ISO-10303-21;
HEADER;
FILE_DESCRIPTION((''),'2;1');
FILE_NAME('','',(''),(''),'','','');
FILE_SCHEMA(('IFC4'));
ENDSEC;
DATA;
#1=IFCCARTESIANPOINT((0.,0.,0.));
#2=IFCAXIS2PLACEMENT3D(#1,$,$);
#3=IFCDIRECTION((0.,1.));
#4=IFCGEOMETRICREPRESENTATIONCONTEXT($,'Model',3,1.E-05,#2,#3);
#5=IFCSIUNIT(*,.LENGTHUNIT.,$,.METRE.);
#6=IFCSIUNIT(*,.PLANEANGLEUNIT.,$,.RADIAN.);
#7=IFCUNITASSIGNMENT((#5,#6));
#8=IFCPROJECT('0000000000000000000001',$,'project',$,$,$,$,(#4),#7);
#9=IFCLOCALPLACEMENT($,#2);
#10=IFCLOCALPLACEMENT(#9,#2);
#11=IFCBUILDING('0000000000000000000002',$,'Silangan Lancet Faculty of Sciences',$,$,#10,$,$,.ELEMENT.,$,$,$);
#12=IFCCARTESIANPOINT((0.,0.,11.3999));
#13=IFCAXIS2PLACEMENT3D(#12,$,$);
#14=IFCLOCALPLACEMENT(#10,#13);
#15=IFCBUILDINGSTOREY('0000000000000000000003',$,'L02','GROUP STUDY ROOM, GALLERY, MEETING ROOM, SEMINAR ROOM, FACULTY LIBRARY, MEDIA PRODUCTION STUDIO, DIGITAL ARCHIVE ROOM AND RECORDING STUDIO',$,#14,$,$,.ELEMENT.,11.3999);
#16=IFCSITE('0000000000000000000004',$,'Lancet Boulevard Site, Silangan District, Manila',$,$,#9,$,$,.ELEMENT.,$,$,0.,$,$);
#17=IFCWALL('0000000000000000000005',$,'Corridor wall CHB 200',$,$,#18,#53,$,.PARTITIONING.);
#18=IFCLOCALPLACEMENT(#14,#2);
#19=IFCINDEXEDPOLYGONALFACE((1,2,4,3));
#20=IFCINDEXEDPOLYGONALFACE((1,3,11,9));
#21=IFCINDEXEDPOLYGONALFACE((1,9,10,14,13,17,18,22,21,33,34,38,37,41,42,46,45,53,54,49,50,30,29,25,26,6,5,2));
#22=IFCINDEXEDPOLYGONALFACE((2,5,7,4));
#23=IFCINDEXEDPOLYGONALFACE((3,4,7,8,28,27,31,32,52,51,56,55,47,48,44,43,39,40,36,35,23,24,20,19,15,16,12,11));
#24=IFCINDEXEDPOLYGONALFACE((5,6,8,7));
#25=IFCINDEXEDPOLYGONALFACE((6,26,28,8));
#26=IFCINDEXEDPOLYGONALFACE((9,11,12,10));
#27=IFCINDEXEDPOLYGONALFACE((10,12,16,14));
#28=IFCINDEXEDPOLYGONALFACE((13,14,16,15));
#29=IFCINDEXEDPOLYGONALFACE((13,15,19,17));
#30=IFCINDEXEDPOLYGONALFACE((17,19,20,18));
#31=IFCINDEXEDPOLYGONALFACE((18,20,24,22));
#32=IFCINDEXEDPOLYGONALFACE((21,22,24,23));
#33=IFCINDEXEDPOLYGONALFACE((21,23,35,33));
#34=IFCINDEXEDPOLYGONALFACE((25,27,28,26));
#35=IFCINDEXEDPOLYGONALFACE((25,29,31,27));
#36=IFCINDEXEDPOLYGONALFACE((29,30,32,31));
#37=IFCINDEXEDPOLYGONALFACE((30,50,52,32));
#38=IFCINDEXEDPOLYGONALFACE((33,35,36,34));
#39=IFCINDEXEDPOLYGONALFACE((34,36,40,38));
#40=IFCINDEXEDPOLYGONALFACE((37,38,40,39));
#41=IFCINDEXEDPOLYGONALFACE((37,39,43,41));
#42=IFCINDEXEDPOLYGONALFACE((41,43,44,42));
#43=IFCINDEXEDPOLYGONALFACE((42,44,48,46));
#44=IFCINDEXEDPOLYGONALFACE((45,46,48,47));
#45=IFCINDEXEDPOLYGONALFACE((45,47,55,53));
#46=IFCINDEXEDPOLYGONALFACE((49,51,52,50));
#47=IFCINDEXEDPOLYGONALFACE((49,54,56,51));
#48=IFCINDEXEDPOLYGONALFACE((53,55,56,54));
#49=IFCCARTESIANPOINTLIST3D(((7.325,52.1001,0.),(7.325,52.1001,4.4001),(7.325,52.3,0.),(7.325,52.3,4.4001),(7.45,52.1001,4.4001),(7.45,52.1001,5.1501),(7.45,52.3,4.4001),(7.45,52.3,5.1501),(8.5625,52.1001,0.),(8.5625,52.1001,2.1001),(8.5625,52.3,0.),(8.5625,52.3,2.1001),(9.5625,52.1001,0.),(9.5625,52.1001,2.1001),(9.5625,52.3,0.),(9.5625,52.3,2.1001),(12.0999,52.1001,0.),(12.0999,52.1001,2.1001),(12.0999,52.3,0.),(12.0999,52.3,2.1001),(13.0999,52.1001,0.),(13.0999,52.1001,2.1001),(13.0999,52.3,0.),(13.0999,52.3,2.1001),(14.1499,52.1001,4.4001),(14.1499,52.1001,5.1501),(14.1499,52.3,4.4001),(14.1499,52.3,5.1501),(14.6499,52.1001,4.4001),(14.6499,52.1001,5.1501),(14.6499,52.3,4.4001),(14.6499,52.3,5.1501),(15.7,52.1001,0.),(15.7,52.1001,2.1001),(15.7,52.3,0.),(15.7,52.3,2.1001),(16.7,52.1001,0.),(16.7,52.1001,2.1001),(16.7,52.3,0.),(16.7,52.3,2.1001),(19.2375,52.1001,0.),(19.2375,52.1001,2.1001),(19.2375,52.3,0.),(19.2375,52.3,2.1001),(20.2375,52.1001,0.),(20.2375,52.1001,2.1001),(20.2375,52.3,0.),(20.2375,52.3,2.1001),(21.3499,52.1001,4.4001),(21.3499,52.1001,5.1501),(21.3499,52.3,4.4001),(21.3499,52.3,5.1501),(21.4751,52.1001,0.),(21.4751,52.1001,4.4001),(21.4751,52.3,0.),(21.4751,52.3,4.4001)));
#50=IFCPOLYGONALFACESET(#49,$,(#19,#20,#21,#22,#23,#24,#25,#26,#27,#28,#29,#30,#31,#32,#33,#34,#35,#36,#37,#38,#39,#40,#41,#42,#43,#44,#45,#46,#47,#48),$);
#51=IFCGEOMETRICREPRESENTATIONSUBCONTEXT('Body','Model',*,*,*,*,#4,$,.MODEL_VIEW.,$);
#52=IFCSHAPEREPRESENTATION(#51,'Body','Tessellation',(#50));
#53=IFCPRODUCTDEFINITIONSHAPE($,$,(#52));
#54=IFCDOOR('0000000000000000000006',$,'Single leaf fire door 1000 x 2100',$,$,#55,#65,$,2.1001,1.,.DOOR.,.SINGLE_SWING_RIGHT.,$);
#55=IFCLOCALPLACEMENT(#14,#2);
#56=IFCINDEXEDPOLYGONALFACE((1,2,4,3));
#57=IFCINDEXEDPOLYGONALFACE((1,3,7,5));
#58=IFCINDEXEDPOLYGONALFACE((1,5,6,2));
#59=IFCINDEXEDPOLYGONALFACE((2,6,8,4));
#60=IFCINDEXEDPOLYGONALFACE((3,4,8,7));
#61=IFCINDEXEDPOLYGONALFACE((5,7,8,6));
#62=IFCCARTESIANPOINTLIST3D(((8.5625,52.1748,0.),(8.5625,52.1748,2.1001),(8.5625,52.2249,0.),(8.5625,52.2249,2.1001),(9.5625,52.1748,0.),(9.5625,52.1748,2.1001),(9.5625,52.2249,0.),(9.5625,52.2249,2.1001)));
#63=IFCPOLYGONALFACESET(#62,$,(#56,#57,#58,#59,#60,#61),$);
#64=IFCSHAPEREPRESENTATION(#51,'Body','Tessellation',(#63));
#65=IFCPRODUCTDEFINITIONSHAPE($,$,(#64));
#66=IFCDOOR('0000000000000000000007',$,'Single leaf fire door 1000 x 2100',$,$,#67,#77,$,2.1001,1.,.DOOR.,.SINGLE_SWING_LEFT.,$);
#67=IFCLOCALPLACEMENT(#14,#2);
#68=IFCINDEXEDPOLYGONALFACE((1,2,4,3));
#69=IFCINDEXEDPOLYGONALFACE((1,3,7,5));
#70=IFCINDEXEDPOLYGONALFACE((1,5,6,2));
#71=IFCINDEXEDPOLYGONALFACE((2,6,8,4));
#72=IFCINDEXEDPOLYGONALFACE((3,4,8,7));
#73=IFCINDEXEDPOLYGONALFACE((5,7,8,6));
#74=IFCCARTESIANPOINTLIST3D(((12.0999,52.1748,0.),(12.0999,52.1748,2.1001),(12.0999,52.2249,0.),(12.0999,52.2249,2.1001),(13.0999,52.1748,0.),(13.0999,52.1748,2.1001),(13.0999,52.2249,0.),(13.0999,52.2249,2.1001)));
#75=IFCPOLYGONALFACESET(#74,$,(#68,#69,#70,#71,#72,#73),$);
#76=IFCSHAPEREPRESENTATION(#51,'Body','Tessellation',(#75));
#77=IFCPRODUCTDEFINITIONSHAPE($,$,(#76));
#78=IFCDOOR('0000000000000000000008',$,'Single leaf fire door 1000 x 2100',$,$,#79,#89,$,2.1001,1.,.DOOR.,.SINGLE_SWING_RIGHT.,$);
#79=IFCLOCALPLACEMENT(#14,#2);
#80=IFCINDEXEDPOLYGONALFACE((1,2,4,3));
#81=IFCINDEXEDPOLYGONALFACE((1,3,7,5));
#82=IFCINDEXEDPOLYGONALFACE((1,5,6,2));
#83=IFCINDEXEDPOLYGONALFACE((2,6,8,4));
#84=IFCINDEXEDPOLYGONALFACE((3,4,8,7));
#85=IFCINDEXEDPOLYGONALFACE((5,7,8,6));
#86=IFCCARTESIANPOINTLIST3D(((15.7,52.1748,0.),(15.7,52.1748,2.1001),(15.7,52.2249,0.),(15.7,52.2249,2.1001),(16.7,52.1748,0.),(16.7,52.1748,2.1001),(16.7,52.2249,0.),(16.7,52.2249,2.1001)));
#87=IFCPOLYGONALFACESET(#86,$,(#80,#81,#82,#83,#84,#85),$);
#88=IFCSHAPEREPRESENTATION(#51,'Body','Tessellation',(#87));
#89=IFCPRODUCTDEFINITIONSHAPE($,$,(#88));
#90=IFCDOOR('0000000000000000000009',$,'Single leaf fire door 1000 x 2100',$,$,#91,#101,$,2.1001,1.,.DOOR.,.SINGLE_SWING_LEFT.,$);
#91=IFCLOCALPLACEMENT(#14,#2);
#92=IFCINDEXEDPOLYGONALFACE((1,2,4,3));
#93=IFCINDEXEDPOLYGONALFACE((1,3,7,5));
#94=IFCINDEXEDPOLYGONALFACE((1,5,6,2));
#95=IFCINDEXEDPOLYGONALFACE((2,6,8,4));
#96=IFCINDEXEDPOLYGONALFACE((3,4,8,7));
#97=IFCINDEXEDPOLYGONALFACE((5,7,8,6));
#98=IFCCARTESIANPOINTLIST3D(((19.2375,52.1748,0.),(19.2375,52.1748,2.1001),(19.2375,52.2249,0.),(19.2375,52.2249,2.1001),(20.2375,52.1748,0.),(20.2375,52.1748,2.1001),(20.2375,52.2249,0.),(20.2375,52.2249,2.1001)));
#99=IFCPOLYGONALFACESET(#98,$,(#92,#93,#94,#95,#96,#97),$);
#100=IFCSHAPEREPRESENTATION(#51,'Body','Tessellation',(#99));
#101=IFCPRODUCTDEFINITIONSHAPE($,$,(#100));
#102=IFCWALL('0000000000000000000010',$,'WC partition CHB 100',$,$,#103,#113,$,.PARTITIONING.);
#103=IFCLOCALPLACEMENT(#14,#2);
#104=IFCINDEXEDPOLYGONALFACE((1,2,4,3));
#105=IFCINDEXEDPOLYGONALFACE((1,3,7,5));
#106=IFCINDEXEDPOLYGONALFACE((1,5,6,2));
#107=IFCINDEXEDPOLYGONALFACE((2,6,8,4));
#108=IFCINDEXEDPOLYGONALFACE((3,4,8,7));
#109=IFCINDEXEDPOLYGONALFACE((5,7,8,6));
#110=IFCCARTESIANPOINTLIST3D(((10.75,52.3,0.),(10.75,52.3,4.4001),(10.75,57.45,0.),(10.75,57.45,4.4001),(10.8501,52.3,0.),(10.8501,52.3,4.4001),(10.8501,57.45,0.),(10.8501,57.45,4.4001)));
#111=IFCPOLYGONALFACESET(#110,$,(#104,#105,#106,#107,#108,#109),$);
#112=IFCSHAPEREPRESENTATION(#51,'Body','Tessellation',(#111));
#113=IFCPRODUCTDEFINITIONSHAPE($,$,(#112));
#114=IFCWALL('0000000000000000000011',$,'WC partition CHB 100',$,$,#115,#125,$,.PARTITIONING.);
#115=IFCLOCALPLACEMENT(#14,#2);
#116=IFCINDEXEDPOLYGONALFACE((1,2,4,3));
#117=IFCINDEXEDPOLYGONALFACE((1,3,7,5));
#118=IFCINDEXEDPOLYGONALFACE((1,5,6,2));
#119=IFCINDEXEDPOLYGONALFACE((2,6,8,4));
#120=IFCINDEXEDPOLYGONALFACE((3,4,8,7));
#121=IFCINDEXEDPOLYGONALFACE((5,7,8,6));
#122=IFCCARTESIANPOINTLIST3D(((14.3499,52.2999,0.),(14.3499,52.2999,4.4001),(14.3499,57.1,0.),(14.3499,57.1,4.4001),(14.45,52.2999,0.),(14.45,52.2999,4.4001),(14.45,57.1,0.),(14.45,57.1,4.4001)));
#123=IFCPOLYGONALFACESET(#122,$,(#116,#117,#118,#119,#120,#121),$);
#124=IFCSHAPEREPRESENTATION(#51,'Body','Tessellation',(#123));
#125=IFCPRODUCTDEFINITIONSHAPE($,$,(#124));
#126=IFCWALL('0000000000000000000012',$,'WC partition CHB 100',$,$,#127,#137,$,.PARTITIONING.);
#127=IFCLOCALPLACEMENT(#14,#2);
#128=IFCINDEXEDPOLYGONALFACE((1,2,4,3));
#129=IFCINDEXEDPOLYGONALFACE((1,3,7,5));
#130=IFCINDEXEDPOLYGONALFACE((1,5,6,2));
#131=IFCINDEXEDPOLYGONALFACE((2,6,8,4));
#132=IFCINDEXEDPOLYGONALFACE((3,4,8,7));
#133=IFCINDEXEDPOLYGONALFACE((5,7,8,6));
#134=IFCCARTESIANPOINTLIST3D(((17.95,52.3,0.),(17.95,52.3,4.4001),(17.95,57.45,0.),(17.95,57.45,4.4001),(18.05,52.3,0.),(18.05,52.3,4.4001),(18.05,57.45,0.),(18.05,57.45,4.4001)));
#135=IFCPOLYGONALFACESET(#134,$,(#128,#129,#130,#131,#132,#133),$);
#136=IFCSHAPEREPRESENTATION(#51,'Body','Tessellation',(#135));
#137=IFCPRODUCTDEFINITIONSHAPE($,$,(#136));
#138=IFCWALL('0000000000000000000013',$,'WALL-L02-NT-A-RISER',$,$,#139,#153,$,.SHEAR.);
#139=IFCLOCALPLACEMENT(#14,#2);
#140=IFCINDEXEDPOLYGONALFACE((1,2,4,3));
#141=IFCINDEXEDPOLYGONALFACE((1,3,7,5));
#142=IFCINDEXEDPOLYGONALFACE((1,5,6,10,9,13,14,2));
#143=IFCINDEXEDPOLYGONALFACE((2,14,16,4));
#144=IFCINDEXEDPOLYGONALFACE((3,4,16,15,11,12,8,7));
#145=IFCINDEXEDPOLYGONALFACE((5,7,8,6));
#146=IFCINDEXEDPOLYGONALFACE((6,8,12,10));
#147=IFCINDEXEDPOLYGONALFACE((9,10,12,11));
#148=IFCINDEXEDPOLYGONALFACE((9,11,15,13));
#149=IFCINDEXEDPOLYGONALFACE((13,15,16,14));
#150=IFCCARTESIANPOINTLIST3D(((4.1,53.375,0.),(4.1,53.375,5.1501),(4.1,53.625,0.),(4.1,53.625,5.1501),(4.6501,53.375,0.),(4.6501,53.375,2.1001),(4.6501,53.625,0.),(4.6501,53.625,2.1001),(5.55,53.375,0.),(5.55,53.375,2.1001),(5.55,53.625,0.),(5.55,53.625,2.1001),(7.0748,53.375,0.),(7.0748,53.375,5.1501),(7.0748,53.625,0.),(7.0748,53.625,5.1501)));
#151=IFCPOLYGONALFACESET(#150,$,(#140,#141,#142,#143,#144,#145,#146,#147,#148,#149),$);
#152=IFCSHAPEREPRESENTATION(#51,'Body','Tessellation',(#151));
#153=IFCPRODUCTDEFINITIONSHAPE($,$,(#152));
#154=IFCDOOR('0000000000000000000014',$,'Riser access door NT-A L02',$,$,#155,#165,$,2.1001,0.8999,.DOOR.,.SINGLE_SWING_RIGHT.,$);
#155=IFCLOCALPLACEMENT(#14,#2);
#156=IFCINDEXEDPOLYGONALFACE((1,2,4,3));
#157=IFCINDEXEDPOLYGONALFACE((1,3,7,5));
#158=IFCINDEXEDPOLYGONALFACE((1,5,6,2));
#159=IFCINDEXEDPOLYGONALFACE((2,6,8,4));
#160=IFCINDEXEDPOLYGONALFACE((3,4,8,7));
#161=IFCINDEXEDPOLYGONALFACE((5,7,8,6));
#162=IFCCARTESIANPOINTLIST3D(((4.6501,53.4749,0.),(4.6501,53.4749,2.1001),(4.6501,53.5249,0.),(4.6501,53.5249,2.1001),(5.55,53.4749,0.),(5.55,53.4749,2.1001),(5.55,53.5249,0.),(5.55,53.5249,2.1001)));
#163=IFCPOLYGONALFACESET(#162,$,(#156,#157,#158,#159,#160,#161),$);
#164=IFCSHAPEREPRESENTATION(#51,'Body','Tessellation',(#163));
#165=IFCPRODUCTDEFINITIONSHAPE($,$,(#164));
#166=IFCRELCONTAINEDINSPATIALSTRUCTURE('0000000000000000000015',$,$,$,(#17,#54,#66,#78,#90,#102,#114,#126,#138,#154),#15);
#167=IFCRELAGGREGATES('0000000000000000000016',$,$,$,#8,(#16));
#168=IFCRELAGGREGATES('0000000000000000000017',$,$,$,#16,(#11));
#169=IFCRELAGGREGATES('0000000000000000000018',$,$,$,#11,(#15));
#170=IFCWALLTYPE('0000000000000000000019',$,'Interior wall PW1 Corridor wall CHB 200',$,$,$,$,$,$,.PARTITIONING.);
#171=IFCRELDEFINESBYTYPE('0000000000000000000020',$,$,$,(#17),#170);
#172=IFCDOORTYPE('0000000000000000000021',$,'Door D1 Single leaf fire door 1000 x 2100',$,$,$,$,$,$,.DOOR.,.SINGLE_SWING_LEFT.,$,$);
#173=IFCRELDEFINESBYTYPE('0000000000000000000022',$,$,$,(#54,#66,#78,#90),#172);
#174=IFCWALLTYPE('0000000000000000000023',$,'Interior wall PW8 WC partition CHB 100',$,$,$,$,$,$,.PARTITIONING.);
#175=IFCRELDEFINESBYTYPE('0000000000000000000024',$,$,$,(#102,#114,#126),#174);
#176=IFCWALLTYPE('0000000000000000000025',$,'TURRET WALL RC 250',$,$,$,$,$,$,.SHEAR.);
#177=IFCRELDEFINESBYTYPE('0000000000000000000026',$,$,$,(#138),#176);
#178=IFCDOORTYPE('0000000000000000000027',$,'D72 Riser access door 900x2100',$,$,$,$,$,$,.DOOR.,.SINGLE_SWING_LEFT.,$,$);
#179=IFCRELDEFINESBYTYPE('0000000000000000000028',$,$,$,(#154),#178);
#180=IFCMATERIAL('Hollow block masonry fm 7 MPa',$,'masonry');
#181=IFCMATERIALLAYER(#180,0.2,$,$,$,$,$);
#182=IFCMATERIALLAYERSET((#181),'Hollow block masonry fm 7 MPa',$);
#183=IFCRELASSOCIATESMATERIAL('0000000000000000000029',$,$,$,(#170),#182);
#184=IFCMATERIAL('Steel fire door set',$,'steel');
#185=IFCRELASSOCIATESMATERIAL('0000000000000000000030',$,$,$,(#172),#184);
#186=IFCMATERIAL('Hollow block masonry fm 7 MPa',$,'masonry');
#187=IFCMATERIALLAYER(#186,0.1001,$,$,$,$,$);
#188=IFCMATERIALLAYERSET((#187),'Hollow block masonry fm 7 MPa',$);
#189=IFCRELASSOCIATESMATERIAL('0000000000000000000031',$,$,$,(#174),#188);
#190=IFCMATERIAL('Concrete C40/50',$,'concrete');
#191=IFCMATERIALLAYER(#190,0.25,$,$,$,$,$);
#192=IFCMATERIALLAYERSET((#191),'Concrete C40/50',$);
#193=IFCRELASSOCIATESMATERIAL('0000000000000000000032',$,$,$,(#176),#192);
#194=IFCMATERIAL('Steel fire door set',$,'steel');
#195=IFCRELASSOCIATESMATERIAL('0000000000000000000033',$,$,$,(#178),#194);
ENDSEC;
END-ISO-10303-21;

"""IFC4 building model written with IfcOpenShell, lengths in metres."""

from ifc_helpers import new_model, si_unit, direction, frame, frame_2d, origin, place, context, subcontext, project, spatial, polyline, rectangle, outline, extrude, material, layer, layer_set, type_object, element, fill, save


model = new_model("IFC4")

# Units and contexts
model_context = context("Model", 3, precision=1e-05, world=origin(), true_north=direction((0.0, 1.0)))
body_context = subcontext(model_context, "Body", "Model", "MODEL_VIEW")
ifc_project = project(units=[si_unit("LENGTHUNIT", "METRE"), si_unit("PLANEANGLEUNIT", "RADIAN")], contexts=[model_context])

# Site, building, storey
site_placement = place(None, origin())
site = spatial("IfcSite", under=ifc_project, at=site_placement, Name="Lancet Boulevard Site, Silangan District, Manila", CompositionType="ELEMENT", RefElevation=0.0)
building_placement = place(site_placement, origin())
building = spatial("IfcBuilding", under=site, at=building_placement, Name="Silangan Lancet Faculty of Sciences", CompositionType="ELEMENT")
storey_placement = place(building_placement, frame((0.0, 0.0, 11.3999)))
storey = spatial("IfcBuildingStorey", under=building, at=storey_placement, Name="L02", Description="GROUP STUDY ROOM, GALLERY, MEETING ROOM, SEMINAR ROOM, FACULTY LIBRARY, MEDIA PRODUCTION STUDIO, DIGITAL ARCHIVE ROOM AND RECORDING STUDIO", CompositionType="ELEMENT", Elevation=11.3999)

# Wall, openings, doors
ifc_material_1 = material(Name="Hollow block masonry fm 7 MPa", Category="masonry")
ifc_layer_1 = layer(ifc_material_1, 0.2)
ifc_layer_set_1 = layer_set([ifc_layer_1], Name="Hollow block masonry fm 7 MPa")
wall_type_1 = type_object("IfcWallType", Name="Interior wall PW1 Corridor wall CHB 200", PredefinedType="PARTITIONING", material=ifc_layer_set_1)
wall_1_placement = place(storey_placement, frame((7.325, 52.2, 0.0), z_axis=(0.0, 0.0, 1.0), x_axis=(1.0, 0.0, 0.0)))
wall_1 = element("IfcWall", 1, at=wall_1_placement, inside=storey, type_object=wall_type_1, Name="Corridor wall CHB 200", PredefinedType="PARTITIONING", context=body_context, shape_type="SweptSolid", body=[
    extrude(outline(polyline([(0.0, 0.0), (14.1501, 0.0), (14.1501, 4.4001), (14.0249, 4.4001), (14.0249, 5.1501), (7.325, 5.1501), (7.325, 4.4001), (6.825, 4.4001), (6.825, 5.1501), (0.125, 5.1501), (0.125, 4.4001), (0.0, 4.4001), (0.0, 0.0)])), frame((0.0, 0.1001, 0.0), z_axis=(0.0, -1.0, 0.0), x_axis=(1.0, 0.0, 0.0)), (0.0, 0.0, 1.0), 0.2),
])
opening_1_placement = place(wall_1_placement, frame((1.2375, 0.0, 0.0)))
opening_1 = element("IfcOpeningElement", 2, at=opening_1_placement, cuts=wall_1, PredefinedType="OPENING", context=body_context, shape_type="SweptSolid", body=[
    extrude(rectangle(XDim=1.0, YDim=2.1001, at=frame_2d((0.5, 1.05))), frame((0.0, 0.1099, 0.0), z_axis=(0.0, -1.0, 0.0), x_axis=(1.0, 0.0, 0.0)), (0.0, 0.0, 1.0), 0.22),
])
opening_2_placement = place(wall_1_placement, frame((4.7749, 0.0, 0.0)))
opening_2 = element("IfcOpeningElement", 3, at=opening_2_placement, cuts=wall_1, PredefinedType="OPENING", context=body_context, shape_type="SweptSolid", body=[
    extrude(rectangle(XDim=1.0, YDim=2.1001, at=frame_2d((0.5, 1.05))), frame((0.0, 0.1099, 0.0), z_axis=(0.0, -1.0, 0.0), x_axis=(1.0, 0.0, 0.0)), (0.0, 0.0, 1.0), 0.22),
])
opening_3_placement = place(wall_1_placement, frame((8.375, 0.0, 0.0)))
opening_3 = element("IfcOpeningElement", 4, at=opening_3_placement, cuts=wall_1, PredefinedType="OPENING", context=body_context, shape_type="SweptSolid", body=[
    extrude(rectangle(XDim=1.0, YDim=2.1001, at=frame_2d((0.5, 1.05))), frame((0.0, 0.1099, 0.0), z_axis=(0.0, -1.0, 0.0), x_axis=(1.0, 0.0, 0.0)), (0.0, 0.0, 1.0), 0.22),
])
opening_4_placement = place(wall_1_placement, frame((11.9126, 0.0, 0.0)))
opening_4 = element("IfcOpeningElement", 5, at=opening_4_placement, cuts=wall_1, PredefinedType="OPENING", context=body_context, shape_type="SweptSolid", body=[
    extrude(rectangle(XDim=1.0, YDim=2.1001, at=frame_2d((0.5, 1.05))), frame((0.0, 0.1099, 0.0), z_axis=(0.0, -1.0, 0.0), x_axis=(1.0, 0.0, 0.0)), (0.0, 0.0, 1.0), 0.22),
])
ifc_material_2 = material(Name="Steel fire door set", Category="steel")
door_type_1 = type_object("IfcDoorType", Name="Door D1 Single leaf fire door 1000 x 2100", OperationType="SINGLE_SWING_LEFT", PredefinedType="DOOR", material=ifc_material_2)
door_1_placement = place(opening_1_placement, origin())
door_1 = element("IfcDoor", 6, at=door_1_placement, inside=storey, type_object=door_type_1, Name="Single leaf fire door 1000 x 2100", OperationType="SINGLE_SWING_RIGHT", OverallHeight=2.1001, OverallWidth=1.0, PredefinedType="DOOR", context=body_context, shape_type="SweptSolid", body=[
    extrude(rectangle(XDim=1.0, YDim=2.1001, at=frame_2d((0.5, 1.05))), frame((0.0, 0.0249, 0.0), z_axis=(0.0, -1.0, 0.0), x_axis=(1.0, 0.0, 0.0)), (0.0, 0.0, 1.0), 0.05),
])
fill(opening_1, door_1)
door_2_placement = place(opening_2_placement, origin())
door_2 = element("IfcDoor", 7, at=door_2_placement, inside=storey, type_object=door_type_1, Name="Single leaf fire door 1000 x 2100", OperationType="SINGLE_SWING_LEFT", OverallHeight=2.1001, OverallWidth=1.0, PredefinedType="DOOR", context=body_context, shape_type="SweptSolid", body=[
    extrude(rectangle(XDim=1.0, YDim=2.1001, at=frame_2d((0.5, 1.05))), frame((0.0, 0.0249, 0.0), z_axis=(0.0, -1.0, 0.0), x_axis=(1.0, 0.0, 0.0)), (0.0, 0.0, 1.0), 0.05),
])
fill(opening_2, door_2)
door_3_placement = place(opening_3_placement, origin())
door_3 = element("IfcDoor", 8, at=door_3_placement, inside=storey, type_object=door_type_1, Name="Single leaf fire door 1000 x 2100", OperationType="SINGLE_SWING_RIGHT", OverallHeight=2.1001, OverallWidth=1.0, PredefinedType="DOOR", context=body_context, shape_type="SweptSolid", body=[
    extrude(rectangle(XDim=1.0, YDim=2.1001, at=frame_2d((0.5, 1.05))), frame((0.0, 0.0249, 0.0), z_axis=(0.0, -1.0, 0.0), x_axis=(1.0, 0.0, 0.0)), (0.0, 0.0, 1.0), 0.05),
])
fill(opening_3, door_3)
door_4_placement = place(opening_4_placement, origin())
door_4 = element("IfcDoor", 9, at=door_4_placement, inside=storey, type_object=door_type_1, Name="Single leaf fire door 1000 x 2100", OperationType="SINGLE_SWING_LEFT", OverallHeight=2.1001, OverallWidth=1.0, PredefinedType="DOOR", context=body_context, shape_type="SweptSolid", body=[
    extrude(rectangle(XDim=1.0, YDim=2.1001, at=frame_2d((0.5, 1.05))), frame((0.0, 0.0249, 0.0), z_axis=(0.0, -1.0, 0.0), x_axis=(1.0, 0.0, 0.0)), (0.0, 0.0, 1.0), 0.05),
])
fill(opening_4, door_4)

# Walls
ifc_material_3 = material(Name="Hollow block masonry fm 7 MPa", Category="masonry")
ifc_layer_2 = layer(ifc_material_3, 0.1001)
ifc_layer_set_2 = layer_set([ifc_layer_2], Name="Hollow block masonry fm 7 MPa")
wall_type_2 = type_object("IfcWallType", Name="Interior wall PW8 WC partition CHB 100", PredefinedType="PARTITIONING", material=ifc_layer_set_2)
wall_2_placement = place(storey_placement, frame((10.8, 52.3, 0.0), z_axis=(0.0, 0.0, 1.0), x_axis=(0.0, 1.0, 0.0)))
element("IfcWall", 10, at=wall_2_placement, inside=storey, type_object=wall_type_2, Name="WC partition CHB 100", PredefinedType="PARTITIONING", context=body_context, shape_type="SweptSolid", body=[
    extrude(rectangle(XDim=5.1499, YDim=0.1001, at=frame_2d((2.575, 0.0))), origin(), (0.0, 0.0, 1.0), 4.4001),
])
wall_3_placement = place(storey_placement, frame((14.3999, 52.3, 0.0), z_axis=(0.0, 0.0, 1.0), x_axis=(0.0, 1.0, 0.0)))
element("IfcWall", 11, at=wall_3_placement, inside=storey, type_object=wall_type_2, Name="WC partition CHB 100", PredefinedType="PARTITIONING", context=body_context, shape_type="SweptSolid", body=[
    extrude(rectangle(XDim=4.8, YDim=0.1001, at=frame_2d((2.3999, 0.0))), origin(), (0.0, 0.0, 1.0), 4.4001),
])
wall_4_placement = place(storey_placement, frame((18.0, 52.3, 0.0), z_axis=(0.0, 0.0, 1.0), x_axis=(0.0, 1.0, 0.0)))
element("IfcWall", 12, at=wall_4_placement, inside=storey, type_object=wall_type_2, Name="WC partition CHB 100", PredefinedType="PARTITIONING", context=body_context, shape_type="SweptSolid", body=[
    extrude(rectangle(XDim=5.1499, YDim=0.1001, at=frame_2d((2.575, 0.0))), origin(), (0.0, 0.0, 1.0), 4.4001),
])

# Wall, opening, door
ifc_material_4 = material(Name="Concrete C40/50", Category="concrete")
ifc_layer_3 = layer(ifc_material_4, 0.25)
ifc_layer_set_3 = layer_set([ifc_layer_3], Name="Concrete C40/50")
wall_type_3 = type_object("IfcWallType", Name="TURRET WALL RC 250", PredefinedType="SHEAR", material=ifc_layer_set_3)
wall_5_placement = place(storey_placement, frame((4.1001, 53.5, 0.0), z_axis=(0.0, 0.0, 1.0), x_axis=(1.0, 0.0, 0.0)))
wall_5 = element("IfcWall", 13, at=wall_5_placement, inside=storey, type_object=wall_type_3, Name="WALL-L02-NT-A-RISER", PredefinedType="SHEAR", context=body_context, shape_type="SweptSolid", body=[
    extrude(rectangle(XDim=2.9749, YDim=0.25, at=frame_2d((1.4873, 0.0))), origin(), (0.0, 0.0, 1.0), 5.1501),
])
opening_5_placement = place(wall_5_placement, frame((0.55, 0.0, 0.0)))
opening_5 = element("IfcOpeningElement", 14, at=opening_5_placement, cuts=wall_5, PredefinedType="OPENING", context=body_context, shape_type="SweptSolid", body=[
    extrude(rectangle(XDim=0.8999, YDim=2.1001, at=frame_2d((0.45, 1.05))), frame((0.0, 0.135, 0.0), z_axis=(0.0, -1.0, 0.0), x_axis=(1.0, 0.0, 0.0)), (0.0, 0.0, 1.0), 0.27),
])
ifc_material_5 = material(Name="Steel fire door set", Category="steel")
door_type_2 = type_object("IfcDoorType", Name="D72 Riser access door 900x2100", OperationType="SINGLE_SWING_LEFT", PredefinedType="DOOR", material=ifc_material_5)
door_5_placement = place(opening_5_placement, origin())
door_5 = element("IfcDoor", 15, at=door_5_placement, inside=storey, type_object=door_type_2, Name="Riser access door NT-A L02", OperationType="SINGLE_SWING_RIGHT", OverallHeight=2.1001, OverallWidth=0.8999, PredefinedType="DOOR", context=body_context, shape_type="SweptSolid", body=[
    extrude(rectangle(XDim=0.8999, YDim=2.1001, at=frame_2d((0.45, 1.05))), frame((0.0, 0.0249, 0.0), z_axis=(0.0, -1.0, 0.0), x_axis=(1.0, 0.0, 0.0)), (0.0, 0.0, 1.0), 0.05),
])
fill(opening_5, door_5)

save(model, "model.ifc")
